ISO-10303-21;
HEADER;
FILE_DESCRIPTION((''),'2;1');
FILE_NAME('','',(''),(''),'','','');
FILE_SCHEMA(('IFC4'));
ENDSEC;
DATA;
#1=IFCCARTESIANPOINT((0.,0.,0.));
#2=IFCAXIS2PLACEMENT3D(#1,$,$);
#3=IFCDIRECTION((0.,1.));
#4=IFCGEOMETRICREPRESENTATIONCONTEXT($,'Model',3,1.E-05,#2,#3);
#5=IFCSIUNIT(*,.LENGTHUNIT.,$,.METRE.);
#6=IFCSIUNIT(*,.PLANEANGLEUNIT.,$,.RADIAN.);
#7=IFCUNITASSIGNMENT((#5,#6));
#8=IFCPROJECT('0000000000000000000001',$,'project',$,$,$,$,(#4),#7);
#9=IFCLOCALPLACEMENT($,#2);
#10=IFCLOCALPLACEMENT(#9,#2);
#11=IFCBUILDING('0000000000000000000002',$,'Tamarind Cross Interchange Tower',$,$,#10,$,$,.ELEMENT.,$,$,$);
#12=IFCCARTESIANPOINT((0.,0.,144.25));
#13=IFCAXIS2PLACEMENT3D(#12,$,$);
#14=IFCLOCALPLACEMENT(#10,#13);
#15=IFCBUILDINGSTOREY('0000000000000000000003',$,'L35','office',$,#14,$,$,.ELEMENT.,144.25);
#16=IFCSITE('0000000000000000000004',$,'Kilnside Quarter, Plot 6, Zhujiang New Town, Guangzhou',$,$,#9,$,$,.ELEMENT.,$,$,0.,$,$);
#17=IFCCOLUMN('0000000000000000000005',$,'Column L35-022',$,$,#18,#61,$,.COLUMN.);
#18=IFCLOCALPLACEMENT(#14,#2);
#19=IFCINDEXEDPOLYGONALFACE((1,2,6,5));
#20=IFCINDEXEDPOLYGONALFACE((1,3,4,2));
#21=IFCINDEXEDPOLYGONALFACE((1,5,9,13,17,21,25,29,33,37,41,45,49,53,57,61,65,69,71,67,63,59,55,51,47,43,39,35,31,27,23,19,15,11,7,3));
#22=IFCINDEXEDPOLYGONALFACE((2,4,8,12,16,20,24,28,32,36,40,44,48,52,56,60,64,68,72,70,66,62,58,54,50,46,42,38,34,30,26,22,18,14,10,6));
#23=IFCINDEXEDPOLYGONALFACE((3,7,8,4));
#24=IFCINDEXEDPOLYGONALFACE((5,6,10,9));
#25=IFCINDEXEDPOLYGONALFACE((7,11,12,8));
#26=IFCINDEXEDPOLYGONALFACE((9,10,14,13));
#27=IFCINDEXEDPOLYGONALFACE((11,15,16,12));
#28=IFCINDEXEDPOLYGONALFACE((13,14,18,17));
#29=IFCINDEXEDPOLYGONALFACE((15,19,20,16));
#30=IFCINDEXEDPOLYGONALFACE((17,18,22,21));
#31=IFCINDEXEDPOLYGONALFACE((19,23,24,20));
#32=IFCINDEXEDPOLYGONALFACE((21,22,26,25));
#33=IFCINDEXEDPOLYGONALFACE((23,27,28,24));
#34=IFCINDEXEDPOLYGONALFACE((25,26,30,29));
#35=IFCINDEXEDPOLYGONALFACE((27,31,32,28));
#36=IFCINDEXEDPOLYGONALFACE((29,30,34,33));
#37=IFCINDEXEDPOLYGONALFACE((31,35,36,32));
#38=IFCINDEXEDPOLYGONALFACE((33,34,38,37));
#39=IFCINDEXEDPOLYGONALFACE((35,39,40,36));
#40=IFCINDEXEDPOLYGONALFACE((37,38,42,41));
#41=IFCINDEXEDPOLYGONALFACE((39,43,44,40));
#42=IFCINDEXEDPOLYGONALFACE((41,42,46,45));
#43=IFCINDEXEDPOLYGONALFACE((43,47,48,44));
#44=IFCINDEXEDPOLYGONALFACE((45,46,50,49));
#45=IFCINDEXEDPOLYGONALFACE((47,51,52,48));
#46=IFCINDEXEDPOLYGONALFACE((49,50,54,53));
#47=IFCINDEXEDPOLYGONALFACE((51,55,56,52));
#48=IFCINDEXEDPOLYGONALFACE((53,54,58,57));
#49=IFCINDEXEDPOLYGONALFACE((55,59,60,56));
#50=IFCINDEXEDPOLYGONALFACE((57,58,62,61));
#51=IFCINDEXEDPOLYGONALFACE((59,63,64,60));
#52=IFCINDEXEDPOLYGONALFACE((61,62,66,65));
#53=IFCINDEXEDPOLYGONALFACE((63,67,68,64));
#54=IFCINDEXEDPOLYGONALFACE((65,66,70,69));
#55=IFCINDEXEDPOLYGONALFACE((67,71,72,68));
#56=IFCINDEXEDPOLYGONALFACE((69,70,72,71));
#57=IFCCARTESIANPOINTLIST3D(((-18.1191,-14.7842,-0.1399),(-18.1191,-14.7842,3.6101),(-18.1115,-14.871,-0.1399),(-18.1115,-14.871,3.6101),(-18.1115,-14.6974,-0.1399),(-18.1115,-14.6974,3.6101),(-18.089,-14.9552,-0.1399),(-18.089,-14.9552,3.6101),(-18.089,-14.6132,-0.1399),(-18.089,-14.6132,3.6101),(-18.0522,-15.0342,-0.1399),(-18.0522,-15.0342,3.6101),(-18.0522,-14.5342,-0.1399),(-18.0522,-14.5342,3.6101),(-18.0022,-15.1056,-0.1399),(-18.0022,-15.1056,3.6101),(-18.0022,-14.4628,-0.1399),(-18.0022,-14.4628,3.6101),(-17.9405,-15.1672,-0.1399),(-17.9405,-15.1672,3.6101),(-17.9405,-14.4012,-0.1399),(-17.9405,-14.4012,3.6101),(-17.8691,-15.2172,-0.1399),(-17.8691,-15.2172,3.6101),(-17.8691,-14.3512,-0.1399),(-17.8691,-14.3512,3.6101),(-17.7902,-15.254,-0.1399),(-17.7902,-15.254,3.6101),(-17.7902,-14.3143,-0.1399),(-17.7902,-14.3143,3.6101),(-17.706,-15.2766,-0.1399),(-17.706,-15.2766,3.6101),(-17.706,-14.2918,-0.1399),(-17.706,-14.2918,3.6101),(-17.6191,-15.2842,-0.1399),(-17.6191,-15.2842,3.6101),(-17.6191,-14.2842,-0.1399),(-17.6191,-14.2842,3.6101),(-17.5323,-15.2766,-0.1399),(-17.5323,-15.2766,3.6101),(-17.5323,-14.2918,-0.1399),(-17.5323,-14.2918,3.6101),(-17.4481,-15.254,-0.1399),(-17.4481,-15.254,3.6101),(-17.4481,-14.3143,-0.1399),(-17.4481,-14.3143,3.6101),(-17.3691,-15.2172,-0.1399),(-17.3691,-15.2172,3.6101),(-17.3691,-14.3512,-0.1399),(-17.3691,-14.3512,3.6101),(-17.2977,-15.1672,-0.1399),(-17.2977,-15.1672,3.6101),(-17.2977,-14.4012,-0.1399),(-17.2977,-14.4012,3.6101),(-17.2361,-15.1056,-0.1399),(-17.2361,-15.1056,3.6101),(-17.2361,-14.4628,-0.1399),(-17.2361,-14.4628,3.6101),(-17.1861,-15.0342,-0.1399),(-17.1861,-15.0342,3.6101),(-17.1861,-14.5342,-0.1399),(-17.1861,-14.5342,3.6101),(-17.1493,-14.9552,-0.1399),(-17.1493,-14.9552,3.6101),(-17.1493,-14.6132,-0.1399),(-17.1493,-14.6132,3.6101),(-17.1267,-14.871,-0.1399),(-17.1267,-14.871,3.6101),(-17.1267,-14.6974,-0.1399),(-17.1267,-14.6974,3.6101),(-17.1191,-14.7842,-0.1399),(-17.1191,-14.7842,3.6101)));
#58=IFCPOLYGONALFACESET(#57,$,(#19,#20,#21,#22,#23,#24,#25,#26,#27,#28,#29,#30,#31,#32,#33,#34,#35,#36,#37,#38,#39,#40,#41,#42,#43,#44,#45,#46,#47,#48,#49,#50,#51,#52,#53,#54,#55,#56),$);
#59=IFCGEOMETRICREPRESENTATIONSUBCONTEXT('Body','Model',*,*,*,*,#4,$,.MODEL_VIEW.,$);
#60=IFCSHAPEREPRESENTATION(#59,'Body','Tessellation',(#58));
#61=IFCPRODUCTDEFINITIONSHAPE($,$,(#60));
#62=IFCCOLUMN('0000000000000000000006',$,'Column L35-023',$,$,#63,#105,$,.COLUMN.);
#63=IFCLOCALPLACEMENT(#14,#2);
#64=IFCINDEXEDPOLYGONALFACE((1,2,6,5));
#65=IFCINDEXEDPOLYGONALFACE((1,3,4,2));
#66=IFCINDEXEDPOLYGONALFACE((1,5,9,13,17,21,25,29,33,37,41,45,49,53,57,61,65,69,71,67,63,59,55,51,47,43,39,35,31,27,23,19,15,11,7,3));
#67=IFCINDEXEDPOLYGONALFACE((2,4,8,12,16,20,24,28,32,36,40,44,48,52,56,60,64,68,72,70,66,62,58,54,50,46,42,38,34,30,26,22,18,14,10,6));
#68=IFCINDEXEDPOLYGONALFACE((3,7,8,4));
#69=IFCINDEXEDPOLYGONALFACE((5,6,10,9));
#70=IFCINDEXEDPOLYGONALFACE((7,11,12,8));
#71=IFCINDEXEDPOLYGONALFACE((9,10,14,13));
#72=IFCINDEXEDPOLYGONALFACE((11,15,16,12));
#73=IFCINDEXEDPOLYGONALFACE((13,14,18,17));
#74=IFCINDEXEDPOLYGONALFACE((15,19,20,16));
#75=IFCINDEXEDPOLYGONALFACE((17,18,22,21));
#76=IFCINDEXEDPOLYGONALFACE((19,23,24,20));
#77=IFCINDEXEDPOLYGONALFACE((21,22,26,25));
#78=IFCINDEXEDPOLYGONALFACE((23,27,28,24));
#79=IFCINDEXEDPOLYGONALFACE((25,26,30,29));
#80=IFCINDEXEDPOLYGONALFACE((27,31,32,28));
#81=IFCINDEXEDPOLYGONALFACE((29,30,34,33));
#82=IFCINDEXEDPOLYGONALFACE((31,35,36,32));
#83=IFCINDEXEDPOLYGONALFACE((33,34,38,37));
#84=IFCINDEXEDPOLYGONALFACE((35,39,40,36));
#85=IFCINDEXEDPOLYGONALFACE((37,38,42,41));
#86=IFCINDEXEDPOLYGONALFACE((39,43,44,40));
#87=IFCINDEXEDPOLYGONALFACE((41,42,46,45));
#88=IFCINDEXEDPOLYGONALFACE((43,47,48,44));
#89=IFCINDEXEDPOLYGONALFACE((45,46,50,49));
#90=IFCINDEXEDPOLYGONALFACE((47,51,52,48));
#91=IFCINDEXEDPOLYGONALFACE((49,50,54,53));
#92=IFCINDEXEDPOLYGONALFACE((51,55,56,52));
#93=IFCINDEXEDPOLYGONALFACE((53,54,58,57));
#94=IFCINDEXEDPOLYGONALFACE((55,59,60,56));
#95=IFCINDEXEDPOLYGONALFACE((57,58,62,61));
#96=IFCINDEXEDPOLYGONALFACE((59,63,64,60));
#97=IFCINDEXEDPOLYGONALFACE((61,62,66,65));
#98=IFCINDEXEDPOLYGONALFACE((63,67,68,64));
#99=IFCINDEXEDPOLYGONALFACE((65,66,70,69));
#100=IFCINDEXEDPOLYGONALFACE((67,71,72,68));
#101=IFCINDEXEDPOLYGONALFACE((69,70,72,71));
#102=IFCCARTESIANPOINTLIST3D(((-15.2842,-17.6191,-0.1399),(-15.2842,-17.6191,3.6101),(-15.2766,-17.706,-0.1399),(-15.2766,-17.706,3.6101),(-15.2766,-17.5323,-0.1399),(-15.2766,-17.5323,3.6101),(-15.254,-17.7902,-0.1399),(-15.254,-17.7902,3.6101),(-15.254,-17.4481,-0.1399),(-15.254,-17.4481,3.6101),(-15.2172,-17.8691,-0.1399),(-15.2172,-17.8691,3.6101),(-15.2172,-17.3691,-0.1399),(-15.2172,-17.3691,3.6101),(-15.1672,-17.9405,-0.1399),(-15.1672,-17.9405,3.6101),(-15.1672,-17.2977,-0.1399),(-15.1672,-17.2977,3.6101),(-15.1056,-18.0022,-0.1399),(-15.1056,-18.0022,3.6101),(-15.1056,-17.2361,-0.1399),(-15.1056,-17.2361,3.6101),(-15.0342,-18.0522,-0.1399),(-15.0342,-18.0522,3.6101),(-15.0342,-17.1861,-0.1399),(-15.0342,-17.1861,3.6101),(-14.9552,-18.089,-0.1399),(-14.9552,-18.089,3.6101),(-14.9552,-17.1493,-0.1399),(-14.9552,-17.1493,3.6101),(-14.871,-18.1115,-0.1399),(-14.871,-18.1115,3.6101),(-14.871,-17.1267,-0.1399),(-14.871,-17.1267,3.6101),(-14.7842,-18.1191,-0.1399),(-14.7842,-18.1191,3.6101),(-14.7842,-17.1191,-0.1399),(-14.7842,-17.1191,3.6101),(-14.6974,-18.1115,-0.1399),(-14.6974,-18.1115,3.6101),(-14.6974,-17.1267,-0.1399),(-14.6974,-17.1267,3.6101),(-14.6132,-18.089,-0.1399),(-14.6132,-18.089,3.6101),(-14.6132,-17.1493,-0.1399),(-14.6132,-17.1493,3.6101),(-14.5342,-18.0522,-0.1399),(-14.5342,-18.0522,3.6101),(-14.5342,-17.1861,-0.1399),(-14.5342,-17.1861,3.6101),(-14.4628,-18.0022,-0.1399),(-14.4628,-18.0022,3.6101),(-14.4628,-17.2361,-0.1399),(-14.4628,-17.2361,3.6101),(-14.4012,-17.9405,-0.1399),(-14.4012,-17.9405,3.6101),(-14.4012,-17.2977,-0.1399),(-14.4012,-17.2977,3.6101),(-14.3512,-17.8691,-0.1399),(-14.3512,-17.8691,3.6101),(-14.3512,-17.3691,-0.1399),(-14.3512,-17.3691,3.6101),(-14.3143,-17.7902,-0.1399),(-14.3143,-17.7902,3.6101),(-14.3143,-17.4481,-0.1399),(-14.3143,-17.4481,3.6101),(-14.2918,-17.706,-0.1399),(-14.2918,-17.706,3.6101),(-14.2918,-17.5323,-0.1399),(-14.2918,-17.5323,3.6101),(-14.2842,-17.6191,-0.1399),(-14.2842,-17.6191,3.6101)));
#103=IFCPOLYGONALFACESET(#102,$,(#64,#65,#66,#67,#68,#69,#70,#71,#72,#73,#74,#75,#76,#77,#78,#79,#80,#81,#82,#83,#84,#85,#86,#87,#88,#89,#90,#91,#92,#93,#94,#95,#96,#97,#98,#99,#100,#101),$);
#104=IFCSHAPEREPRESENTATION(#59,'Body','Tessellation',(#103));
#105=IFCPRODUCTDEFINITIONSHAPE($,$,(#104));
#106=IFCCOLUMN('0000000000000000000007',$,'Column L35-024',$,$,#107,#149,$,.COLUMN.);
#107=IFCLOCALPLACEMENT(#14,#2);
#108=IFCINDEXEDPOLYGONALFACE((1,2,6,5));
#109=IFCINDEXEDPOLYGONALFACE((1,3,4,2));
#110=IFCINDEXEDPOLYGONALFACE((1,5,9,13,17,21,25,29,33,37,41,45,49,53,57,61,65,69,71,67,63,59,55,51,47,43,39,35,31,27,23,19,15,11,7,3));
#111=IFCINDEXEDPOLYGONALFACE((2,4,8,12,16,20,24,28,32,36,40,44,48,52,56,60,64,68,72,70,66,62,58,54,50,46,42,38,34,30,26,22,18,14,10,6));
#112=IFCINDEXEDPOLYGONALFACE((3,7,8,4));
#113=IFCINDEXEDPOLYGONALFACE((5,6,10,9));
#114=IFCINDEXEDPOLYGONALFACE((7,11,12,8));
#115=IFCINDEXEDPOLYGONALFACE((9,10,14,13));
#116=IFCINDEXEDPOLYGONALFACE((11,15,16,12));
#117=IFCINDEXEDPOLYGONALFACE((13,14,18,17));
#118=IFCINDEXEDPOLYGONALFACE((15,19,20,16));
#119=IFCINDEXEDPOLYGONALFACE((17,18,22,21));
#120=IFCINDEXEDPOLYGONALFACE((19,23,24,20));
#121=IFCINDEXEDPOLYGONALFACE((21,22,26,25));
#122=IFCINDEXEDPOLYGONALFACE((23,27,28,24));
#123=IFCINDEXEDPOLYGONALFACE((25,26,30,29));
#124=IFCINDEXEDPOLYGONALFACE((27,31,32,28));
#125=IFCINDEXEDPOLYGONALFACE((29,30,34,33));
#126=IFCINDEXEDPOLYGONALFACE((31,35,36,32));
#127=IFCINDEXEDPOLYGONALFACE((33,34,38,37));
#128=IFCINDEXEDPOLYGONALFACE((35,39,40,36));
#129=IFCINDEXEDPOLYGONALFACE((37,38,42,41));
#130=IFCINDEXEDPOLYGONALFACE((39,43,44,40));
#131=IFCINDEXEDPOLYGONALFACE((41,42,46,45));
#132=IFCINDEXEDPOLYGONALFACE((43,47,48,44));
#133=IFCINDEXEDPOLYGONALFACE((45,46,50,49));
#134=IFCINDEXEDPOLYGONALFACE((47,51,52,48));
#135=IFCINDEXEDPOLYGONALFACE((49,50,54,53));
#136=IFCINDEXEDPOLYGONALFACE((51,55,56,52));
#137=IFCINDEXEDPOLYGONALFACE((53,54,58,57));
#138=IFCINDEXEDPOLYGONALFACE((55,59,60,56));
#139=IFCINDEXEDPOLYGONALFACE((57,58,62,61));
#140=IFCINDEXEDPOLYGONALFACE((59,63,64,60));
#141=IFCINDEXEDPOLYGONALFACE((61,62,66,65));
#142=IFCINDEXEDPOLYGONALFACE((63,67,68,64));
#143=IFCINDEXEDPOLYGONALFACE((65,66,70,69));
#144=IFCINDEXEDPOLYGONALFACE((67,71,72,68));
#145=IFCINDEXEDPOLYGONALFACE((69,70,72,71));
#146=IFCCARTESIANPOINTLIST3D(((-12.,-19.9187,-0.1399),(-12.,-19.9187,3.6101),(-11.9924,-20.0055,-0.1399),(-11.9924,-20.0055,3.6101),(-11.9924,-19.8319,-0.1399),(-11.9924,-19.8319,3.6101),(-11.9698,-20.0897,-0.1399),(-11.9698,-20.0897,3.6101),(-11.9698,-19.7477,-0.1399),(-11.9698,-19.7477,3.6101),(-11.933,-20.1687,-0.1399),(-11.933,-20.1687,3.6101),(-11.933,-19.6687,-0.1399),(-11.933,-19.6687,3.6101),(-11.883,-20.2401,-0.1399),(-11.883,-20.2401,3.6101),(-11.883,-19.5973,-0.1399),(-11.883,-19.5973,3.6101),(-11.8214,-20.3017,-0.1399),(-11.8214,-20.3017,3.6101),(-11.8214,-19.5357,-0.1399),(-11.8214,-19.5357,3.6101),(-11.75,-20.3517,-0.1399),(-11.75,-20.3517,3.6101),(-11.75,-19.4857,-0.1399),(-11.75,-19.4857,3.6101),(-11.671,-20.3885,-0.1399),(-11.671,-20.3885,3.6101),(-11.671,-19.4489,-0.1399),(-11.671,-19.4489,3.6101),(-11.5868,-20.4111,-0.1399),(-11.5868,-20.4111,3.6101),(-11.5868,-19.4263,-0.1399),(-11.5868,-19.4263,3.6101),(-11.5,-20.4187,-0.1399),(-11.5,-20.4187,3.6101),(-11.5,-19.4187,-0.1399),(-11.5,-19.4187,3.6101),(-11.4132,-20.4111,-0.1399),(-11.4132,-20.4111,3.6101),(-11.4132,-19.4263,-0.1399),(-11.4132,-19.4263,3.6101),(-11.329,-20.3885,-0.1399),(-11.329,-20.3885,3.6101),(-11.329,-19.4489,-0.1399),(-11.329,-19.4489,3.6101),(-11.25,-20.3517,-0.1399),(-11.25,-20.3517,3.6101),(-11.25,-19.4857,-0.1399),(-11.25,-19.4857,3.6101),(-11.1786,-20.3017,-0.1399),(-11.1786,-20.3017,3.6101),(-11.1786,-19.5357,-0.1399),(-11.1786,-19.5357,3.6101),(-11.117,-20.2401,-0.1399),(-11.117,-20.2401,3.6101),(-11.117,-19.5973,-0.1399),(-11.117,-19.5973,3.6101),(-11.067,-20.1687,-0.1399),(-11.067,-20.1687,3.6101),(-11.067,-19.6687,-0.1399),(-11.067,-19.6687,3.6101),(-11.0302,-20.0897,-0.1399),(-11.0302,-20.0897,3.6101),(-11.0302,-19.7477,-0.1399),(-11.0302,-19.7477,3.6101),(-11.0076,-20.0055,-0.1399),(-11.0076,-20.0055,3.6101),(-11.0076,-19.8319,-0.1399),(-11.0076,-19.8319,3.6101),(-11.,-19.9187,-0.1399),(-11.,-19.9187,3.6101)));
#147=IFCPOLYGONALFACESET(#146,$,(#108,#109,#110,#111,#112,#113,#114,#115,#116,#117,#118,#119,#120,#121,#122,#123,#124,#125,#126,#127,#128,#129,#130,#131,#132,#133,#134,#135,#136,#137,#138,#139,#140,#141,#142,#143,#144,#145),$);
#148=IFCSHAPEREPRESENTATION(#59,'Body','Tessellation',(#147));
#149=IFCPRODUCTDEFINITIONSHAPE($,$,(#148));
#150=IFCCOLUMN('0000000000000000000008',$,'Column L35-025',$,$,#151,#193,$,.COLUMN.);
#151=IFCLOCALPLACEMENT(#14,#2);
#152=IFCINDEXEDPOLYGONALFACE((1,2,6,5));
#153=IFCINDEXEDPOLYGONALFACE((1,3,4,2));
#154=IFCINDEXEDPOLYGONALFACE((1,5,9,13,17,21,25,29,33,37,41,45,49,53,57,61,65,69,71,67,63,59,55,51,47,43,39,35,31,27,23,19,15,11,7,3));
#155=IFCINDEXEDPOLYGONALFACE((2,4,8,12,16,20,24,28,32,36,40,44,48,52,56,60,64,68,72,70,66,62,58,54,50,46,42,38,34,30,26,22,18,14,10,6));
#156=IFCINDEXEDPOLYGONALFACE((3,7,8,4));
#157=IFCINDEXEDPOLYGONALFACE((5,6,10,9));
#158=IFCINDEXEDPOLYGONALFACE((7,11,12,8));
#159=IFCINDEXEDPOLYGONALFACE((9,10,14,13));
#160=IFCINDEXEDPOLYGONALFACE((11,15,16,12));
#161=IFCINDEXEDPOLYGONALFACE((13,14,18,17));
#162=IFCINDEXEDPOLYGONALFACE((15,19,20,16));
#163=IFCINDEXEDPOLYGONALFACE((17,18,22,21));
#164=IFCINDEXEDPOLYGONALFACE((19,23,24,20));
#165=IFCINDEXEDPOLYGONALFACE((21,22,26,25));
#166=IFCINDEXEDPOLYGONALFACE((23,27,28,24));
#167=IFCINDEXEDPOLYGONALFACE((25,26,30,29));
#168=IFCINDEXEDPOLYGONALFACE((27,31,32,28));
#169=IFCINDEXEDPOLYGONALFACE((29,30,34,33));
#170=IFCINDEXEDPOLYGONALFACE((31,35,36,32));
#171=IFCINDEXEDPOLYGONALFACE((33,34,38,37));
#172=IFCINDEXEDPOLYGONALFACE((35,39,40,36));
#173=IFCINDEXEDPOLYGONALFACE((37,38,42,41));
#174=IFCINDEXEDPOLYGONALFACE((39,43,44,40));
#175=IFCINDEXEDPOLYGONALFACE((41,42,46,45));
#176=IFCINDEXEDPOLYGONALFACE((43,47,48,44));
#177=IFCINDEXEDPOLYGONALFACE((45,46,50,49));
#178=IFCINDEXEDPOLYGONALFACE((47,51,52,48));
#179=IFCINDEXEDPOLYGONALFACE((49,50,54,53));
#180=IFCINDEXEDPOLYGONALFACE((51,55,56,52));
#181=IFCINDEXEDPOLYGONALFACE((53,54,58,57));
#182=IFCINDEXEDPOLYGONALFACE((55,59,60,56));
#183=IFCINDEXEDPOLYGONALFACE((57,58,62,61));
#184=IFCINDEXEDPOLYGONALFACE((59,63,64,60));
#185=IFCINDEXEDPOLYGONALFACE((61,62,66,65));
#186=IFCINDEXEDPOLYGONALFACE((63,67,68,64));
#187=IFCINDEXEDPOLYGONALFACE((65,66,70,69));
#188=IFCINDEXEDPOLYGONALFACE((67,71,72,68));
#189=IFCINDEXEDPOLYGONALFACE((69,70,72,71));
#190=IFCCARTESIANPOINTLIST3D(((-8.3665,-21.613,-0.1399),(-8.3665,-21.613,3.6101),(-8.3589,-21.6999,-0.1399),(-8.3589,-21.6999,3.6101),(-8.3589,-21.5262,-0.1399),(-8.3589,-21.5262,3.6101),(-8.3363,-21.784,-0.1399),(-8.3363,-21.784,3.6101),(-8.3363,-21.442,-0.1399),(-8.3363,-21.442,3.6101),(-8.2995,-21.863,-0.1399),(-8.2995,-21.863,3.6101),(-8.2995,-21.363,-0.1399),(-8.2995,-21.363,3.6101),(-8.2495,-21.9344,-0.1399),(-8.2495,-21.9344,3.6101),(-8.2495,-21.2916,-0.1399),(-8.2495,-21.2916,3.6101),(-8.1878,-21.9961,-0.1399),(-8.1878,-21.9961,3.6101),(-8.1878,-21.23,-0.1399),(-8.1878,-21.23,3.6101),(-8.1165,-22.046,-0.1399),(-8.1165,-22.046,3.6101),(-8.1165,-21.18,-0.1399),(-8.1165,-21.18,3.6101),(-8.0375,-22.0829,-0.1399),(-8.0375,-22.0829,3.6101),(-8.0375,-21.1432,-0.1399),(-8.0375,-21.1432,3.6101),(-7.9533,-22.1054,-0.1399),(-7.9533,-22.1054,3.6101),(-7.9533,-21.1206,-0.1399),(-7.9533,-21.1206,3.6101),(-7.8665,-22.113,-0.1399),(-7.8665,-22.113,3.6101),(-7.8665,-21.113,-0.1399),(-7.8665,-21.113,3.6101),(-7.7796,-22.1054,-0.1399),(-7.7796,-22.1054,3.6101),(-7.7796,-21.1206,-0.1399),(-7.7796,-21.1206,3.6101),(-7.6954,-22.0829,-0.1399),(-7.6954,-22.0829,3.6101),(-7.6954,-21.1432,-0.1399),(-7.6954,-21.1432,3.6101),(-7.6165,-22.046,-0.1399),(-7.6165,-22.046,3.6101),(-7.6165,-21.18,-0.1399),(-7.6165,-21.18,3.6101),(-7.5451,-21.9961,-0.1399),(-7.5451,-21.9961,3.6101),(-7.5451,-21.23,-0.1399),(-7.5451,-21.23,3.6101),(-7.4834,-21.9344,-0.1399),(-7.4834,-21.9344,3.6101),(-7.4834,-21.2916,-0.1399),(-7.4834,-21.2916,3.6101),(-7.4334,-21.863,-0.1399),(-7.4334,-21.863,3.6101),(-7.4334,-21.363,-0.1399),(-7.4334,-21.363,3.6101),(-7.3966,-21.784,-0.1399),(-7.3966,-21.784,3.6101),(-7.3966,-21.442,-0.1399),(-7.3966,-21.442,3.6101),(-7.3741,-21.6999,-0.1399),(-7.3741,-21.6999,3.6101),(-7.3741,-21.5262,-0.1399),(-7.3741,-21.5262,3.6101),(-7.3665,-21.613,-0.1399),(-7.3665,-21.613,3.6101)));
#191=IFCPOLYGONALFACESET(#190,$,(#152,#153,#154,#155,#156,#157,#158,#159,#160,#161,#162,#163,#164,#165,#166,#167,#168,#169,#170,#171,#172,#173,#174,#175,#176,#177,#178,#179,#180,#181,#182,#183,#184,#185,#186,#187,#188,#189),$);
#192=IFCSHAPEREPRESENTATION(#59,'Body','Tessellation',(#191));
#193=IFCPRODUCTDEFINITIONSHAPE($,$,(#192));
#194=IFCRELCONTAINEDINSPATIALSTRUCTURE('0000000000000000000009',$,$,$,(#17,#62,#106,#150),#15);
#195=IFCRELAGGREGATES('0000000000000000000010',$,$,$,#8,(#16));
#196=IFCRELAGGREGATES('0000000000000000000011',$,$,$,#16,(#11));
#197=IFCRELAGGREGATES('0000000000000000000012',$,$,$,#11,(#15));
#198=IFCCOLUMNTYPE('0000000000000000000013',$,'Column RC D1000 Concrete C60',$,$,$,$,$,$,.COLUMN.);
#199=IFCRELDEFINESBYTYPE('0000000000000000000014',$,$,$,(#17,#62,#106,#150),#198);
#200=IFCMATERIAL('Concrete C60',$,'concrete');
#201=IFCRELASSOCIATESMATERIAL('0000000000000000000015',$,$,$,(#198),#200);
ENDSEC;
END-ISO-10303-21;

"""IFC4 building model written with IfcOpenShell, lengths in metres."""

from ifc_helpers import new_model, si_unit, direction, frame, origin, origin_2d, place, context, subcontext, project, spatial, circle, extrude, material, material_profile, profile_set, type_object, element, save


model = new_model("IFC4")

# Units and contexts
model_context = context("Model", 3, precision=1e-05, world=origin(), true_north=direction((0.0, 1.0)))
body_context = subcontext(model_context, "Body", "Model", "MODEL_VIEW")
ifc_project = project(units=[si_unit("LENGTHUNIT", "METRE"), si_unit("PLANEANGLEUNIT", "RADIAN")], contexts=[model_context])

# Site, building, storey
site_placement = place(None, origin())
site = spatial("IfcSite", under=ifc_project, at=site_placement, Name="Kilnside Quarter, Plot 6, Zhujiang New Town, Guangzhou", CompositionType="ELEMENT", RefElevation=0.0)
building_placement = place(site_placement, origin())
building = spatial("IfcBuilding", under=site, at=building_placement, Name="Tamarind Cross Interchange Tower", CompositionType="ELEMENT")
storey_placement = place(building_placement, frame((0.0, 0.0, 144.25)))
storey = spatial("IfcBuildingStorey", under=building, at=storey_placement, Name="L35", Description="office", CompositionType="ELEMENT", Elevation=144.25)

# Columns
ifc_material_1 = material(Name="Concrete C60", Category="concrete")
ifc_material_profile_1 = material_profile(ifc_material_1, circle(Radius=0.5, at=origin_2d()), Name="RC D1000")
ifc_profile_set_1 = profile_set([ifc_material_profile_1], Name="Concrete C60")
column_type = type_object("IfcColumnType", Name="Column RC D1000 Concrete C60", PredefinedType="COLUMN", material=ifc_profile_set_1)
for number, where, z_axis, x_axis, name in (
    (1, (-17.6191, -14.7842, -0.1399), (0.0, 0.0, 1.0), (1.0, 0.0, 0.0), "Column L35-022"),
    (2, (-14.7842, -17.6191, -0.1399), (0.0, 0.0, 1.0), (1.0, 0.0, 0.0), "Column L35-023"),
    (3, (-11.5, -19.9187, -0.1399), (0.0, 0.0, 1.0), (1.0, 0.0, 0.0), "Column L35-024"),
    (4, (-7.8665, -21.613, -0.1399), (0.0, 0.0, 1.0), (1.0, 0.0, 0.0), "Column L35-025"),
):
    element("IfcColumn", number, at=place(storey_placement, frame(where, z_axis=z_axis, x_axis=x_axis)), inside=storey, type_object=column_type, Name=name, PredefinedType="COLUMN", context=body_context, shape_type="SweptSolid", body=[
        extrude(circle(Radius=0.5, at=origin_2d()), origin(), (0.0, 0.0, 1.0), 3.75),
    ])

save(model, "model.ifc")
